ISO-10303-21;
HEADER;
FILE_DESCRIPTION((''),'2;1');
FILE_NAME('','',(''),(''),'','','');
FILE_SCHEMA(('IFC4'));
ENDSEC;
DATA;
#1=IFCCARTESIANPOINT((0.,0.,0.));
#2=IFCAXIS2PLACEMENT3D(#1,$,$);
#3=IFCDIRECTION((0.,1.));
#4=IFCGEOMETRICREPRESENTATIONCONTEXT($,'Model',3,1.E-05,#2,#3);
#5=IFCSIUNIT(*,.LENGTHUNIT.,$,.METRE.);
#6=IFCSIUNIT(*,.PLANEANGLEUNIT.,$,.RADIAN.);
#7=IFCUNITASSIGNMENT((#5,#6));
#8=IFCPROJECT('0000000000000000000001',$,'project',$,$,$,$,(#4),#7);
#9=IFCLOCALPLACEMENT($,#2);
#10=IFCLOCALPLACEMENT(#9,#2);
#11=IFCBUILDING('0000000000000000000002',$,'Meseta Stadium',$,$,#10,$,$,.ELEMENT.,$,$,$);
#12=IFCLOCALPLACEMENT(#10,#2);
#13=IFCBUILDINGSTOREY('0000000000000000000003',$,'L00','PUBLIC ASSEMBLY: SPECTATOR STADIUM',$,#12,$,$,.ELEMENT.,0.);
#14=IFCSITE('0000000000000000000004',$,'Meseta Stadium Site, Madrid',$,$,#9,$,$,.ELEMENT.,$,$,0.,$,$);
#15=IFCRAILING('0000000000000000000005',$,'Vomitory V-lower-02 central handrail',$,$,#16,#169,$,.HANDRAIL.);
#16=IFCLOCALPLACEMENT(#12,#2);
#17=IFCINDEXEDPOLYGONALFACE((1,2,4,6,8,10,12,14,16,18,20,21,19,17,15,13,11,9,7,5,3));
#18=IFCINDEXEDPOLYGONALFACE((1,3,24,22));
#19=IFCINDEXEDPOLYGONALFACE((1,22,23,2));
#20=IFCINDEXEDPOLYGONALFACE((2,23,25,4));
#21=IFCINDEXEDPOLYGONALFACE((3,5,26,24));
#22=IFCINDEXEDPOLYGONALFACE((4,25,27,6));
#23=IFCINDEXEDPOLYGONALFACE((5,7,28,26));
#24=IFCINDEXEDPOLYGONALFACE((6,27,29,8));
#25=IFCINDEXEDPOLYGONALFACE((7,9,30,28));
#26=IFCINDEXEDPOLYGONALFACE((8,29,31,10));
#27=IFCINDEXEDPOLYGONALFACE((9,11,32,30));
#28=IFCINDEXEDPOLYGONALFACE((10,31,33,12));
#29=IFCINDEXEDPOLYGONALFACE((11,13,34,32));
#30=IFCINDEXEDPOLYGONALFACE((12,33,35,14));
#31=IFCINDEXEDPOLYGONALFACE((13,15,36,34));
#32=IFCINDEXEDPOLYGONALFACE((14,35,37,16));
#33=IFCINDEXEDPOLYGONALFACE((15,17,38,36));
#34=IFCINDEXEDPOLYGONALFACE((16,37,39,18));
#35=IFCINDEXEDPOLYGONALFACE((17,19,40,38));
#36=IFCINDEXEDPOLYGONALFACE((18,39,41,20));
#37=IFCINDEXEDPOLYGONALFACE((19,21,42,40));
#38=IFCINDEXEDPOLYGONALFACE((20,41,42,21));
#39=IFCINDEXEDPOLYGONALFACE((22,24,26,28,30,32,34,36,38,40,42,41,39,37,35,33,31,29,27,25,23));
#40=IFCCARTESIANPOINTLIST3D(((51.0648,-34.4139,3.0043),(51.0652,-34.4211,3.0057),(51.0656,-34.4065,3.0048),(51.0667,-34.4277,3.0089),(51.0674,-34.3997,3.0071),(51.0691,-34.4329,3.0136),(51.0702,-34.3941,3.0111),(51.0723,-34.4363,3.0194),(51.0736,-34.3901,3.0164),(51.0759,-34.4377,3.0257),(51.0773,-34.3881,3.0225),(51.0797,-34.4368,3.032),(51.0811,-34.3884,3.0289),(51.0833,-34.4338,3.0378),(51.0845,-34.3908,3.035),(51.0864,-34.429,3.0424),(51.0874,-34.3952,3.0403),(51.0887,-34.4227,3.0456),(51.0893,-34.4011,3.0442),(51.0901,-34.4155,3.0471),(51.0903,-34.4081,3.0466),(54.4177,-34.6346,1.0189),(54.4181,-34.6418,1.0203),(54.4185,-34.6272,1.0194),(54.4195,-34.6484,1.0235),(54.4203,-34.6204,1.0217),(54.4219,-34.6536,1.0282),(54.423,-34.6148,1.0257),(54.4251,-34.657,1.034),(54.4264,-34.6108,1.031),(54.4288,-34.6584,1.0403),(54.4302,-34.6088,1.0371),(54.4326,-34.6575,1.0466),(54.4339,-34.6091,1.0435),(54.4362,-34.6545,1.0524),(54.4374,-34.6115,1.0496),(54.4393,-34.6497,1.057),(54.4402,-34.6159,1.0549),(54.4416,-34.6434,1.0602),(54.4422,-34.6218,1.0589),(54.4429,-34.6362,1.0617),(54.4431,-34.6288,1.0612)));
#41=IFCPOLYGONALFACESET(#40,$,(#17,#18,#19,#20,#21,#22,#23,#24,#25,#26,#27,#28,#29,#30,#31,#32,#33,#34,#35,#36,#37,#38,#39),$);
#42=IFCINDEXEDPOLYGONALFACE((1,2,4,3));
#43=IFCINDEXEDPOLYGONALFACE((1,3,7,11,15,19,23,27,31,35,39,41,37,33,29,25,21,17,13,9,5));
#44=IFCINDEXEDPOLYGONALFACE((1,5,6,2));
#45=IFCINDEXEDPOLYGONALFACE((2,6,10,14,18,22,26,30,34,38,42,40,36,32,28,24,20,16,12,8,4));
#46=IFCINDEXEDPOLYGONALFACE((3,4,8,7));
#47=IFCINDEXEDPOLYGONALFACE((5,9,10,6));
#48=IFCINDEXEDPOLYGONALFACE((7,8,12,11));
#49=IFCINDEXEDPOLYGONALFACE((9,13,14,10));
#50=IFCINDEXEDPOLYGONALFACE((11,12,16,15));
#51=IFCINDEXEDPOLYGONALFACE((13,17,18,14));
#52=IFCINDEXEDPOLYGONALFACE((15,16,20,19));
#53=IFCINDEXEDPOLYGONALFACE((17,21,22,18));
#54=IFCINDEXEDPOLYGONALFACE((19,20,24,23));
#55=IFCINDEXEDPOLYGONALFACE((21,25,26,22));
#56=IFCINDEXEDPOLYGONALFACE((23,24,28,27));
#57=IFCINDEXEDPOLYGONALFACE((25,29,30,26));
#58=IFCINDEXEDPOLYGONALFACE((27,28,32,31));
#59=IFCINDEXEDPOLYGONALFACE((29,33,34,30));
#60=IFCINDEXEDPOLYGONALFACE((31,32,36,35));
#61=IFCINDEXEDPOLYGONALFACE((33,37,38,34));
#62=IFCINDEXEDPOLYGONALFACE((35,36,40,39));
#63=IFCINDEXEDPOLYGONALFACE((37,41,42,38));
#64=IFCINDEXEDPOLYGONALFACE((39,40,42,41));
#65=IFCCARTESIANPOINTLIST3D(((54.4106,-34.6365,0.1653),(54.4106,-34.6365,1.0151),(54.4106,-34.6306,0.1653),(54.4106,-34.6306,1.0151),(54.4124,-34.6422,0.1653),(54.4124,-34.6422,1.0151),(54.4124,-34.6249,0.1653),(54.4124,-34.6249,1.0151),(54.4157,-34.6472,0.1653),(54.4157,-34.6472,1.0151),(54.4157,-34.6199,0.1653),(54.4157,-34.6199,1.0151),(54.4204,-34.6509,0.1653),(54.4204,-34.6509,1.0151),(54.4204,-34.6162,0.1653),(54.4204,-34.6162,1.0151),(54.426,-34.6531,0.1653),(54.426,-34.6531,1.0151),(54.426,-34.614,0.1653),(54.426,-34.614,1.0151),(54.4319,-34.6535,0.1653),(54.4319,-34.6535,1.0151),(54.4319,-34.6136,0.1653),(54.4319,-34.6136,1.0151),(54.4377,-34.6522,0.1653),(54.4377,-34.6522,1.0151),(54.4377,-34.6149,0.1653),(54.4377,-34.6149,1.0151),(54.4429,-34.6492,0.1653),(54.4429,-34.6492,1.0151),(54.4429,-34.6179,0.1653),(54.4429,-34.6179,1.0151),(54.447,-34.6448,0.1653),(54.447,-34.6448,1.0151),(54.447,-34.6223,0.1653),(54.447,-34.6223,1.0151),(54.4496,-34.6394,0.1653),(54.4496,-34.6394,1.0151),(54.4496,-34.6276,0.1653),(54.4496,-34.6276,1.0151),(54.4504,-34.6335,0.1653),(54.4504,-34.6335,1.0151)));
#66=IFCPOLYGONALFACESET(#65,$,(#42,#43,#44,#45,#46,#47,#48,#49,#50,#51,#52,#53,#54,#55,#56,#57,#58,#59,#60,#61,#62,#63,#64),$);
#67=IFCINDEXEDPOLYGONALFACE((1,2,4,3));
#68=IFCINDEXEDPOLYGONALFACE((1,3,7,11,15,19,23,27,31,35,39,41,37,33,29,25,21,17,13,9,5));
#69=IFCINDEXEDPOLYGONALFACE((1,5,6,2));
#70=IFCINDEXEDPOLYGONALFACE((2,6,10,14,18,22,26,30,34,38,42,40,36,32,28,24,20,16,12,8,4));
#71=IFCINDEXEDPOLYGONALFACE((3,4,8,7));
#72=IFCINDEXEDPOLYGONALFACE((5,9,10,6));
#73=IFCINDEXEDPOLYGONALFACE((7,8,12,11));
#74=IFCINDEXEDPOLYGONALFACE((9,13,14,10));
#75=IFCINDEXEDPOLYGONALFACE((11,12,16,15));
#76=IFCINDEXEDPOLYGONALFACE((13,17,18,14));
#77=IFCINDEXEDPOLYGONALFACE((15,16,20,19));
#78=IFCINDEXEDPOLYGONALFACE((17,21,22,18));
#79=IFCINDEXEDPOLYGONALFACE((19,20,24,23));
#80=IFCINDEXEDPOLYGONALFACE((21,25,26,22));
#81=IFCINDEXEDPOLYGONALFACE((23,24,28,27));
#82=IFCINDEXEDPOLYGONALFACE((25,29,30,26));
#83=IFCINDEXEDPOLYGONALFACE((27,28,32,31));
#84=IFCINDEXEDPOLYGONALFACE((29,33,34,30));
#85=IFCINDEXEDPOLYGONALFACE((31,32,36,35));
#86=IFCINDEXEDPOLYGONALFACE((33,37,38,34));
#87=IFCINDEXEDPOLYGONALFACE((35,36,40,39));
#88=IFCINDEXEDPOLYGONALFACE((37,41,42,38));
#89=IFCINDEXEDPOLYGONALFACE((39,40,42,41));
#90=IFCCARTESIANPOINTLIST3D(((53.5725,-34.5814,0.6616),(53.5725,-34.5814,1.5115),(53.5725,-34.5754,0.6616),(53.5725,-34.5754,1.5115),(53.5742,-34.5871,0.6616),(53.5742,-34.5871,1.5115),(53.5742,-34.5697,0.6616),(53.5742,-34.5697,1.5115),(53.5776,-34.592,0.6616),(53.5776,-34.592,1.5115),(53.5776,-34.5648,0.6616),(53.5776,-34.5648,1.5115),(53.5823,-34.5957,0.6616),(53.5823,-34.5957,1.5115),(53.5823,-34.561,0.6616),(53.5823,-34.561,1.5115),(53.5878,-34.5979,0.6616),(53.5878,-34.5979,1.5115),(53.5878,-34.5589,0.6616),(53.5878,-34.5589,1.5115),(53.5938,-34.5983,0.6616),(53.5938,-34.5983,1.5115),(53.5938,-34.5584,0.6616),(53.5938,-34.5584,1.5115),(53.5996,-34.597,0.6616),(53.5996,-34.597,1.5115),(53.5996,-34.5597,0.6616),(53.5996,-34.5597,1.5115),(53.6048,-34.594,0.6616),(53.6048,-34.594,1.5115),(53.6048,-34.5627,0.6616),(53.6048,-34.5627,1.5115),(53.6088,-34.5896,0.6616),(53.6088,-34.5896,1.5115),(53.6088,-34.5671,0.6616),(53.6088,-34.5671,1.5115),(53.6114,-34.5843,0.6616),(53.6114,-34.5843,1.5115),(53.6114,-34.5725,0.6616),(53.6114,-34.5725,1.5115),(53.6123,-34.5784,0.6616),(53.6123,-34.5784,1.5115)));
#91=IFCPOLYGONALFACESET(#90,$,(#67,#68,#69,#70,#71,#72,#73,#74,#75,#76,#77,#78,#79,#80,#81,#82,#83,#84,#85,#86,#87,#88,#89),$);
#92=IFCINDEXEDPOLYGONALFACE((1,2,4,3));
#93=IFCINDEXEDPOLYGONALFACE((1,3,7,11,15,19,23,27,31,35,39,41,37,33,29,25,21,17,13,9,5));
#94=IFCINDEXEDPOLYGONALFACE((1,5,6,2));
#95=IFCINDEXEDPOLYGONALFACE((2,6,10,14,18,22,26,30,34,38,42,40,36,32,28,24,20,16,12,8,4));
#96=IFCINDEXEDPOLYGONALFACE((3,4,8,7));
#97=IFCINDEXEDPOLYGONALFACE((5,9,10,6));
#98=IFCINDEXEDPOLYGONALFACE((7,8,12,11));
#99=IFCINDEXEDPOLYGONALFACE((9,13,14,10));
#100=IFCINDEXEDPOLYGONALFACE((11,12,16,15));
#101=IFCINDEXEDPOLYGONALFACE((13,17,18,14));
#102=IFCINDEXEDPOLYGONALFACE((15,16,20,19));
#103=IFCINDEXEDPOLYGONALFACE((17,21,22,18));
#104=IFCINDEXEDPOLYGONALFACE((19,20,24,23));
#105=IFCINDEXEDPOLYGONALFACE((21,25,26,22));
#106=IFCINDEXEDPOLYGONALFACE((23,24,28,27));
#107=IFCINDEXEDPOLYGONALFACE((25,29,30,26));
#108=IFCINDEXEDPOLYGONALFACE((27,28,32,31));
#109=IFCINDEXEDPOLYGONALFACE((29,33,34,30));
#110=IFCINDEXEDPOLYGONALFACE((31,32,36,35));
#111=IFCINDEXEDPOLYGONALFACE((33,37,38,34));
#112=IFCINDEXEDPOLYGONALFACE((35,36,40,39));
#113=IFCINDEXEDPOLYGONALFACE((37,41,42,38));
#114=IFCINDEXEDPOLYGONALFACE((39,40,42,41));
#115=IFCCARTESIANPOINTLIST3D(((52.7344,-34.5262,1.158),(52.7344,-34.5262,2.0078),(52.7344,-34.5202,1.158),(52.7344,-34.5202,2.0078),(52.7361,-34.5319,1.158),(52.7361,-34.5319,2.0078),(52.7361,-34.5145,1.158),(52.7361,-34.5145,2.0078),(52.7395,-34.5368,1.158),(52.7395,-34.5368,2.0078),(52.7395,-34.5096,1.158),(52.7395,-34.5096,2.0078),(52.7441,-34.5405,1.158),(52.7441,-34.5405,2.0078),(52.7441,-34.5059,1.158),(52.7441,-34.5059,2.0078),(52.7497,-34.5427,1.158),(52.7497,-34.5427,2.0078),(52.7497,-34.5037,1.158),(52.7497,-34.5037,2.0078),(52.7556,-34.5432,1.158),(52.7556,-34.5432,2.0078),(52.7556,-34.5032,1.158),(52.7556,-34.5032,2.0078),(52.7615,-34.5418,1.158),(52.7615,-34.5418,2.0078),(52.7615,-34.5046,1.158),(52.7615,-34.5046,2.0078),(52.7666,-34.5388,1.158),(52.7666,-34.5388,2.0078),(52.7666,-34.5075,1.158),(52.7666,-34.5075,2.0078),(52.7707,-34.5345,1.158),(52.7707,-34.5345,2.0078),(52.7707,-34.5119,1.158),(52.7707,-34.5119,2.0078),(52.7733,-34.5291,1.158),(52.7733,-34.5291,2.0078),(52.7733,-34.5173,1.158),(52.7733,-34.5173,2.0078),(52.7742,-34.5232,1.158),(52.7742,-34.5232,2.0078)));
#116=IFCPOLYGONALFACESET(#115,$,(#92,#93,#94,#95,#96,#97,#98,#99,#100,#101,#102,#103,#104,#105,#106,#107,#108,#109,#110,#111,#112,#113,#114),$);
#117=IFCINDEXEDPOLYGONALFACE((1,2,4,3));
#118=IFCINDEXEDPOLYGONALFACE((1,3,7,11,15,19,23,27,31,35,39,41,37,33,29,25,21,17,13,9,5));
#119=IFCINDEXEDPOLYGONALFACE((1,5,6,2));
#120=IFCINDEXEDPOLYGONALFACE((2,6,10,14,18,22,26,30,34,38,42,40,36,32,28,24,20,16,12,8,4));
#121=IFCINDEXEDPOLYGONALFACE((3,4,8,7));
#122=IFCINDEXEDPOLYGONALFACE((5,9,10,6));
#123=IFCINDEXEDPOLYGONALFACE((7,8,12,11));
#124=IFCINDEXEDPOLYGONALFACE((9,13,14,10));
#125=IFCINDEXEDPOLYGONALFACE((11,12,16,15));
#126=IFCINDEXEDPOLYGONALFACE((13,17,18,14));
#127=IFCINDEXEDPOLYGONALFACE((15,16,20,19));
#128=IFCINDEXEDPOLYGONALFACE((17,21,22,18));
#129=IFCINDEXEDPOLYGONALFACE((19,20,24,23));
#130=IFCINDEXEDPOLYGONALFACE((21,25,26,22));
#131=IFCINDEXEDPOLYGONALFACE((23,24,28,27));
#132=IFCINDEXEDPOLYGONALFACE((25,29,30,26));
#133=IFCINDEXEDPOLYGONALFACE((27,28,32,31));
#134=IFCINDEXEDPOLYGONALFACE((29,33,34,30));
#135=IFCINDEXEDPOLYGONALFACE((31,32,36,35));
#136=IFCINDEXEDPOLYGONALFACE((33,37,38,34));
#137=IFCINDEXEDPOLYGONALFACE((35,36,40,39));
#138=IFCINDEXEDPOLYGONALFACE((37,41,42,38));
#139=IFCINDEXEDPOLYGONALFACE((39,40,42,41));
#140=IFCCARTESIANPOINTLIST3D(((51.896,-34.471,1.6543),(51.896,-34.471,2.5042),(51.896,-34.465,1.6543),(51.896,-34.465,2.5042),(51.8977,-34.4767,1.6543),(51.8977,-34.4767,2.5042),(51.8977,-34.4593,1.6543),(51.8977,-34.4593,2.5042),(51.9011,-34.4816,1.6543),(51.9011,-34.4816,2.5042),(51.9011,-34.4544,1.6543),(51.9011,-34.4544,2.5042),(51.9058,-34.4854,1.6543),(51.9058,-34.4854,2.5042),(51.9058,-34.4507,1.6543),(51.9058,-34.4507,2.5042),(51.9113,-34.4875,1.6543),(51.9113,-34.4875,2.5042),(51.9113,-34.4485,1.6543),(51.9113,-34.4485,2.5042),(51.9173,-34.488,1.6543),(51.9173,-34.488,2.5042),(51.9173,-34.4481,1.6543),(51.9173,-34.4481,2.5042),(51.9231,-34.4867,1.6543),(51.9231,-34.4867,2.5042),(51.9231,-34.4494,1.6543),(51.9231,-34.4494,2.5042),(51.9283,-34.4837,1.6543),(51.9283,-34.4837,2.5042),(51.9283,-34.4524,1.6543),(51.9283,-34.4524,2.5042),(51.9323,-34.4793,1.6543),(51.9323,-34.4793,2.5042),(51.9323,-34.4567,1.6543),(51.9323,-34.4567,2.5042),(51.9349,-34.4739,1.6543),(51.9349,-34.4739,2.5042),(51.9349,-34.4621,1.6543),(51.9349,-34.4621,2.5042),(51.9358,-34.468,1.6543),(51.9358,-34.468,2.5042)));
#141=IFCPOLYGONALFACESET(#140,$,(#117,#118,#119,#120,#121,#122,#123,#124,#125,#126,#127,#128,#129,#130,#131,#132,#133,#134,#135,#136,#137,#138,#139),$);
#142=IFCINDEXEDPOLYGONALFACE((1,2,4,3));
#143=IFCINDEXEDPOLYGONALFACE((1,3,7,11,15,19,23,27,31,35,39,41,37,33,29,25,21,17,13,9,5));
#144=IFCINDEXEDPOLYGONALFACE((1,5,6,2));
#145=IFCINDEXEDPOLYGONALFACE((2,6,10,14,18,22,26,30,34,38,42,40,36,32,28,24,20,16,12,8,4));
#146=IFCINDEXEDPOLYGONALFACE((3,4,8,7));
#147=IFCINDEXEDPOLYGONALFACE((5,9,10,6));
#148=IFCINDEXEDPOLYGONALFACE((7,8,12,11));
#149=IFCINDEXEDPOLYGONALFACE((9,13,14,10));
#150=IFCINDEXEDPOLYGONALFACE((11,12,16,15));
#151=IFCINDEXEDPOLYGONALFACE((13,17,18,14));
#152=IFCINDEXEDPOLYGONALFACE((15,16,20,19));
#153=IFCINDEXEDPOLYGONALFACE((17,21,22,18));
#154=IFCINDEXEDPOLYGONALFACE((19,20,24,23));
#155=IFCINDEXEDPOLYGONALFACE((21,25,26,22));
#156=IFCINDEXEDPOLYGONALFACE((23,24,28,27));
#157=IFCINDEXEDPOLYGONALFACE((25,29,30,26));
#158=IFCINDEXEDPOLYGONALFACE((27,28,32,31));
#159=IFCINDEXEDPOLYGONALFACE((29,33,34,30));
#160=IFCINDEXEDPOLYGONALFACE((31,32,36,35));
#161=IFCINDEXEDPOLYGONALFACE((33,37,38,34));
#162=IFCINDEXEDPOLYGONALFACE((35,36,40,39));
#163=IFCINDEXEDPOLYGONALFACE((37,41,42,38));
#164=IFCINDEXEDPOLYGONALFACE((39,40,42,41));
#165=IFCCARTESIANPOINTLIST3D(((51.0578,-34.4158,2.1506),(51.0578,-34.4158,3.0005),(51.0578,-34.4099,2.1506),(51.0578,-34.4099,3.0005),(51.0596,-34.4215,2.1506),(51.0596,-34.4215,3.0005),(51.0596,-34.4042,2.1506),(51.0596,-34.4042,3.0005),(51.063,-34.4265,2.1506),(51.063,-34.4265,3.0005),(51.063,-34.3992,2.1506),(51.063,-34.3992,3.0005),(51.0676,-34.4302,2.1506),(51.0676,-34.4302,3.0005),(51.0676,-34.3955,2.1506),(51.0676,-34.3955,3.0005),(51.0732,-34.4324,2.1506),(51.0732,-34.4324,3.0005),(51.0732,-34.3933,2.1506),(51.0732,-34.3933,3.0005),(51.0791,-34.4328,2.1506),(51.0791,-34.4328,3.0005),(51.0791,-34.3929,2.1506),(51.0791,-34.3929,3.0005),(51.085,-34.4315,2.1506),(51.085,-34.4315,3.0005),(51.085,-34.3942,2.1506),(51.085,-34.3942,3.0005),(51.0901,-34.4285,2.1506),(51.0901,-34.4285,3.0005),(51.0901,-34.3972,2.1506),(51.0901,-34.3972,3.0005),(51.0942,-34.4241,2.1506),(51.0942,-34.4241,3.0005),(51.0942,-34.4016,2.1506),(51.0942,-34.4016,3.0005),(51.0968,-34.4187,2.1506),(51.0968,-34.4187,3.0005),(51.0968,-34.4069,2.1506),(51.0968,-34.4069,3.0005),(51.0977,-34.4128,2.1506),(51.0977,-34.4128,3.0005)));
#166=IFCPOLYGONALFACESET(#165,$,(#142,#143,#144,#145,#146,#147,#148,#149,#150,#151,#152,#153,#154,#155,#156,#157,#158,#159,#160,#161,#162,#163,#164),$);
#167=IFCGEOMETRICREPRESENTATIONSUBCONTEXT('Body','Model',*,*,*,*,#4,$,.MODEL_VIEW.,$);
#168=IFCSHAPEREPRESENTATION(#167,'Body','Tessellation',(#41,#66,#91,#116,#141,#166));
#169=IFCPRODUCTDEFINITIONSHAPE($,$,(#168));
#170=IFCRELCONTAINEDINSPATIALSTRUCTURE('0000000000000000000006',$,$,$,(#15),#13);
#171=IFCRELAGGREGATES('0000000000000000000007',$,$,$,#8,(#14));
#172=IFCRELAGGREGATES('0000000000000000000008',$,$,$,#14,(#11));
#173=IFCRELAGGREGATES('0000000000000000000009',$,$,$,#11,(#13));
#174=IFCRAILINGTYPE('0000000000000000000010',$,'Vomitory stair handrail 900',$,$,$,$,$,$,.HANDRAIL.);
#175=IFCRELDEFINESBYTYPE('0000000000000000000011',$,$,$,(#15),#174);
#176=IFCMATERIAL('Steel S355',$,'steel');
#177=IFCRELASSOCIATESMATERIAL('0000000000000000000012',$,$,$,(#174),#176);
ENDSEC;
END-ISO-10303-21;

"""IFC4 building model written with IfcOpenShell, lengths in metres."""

from ifc_helpers import new_model, si_unit, direction, frame, origin, origin_2d, place, context, subcontext, project, spatial, circle, extrude, material, type_object, element, save


model = new_model("IFC4")

# Units and contexts
model_context = context("Model", 3, precision=1e-05, world=origin(), true_north=direction((0.0, 1.0)))
body_context = subcontext(model_context, "Body", "Model", "MODEL_VIEW")
ifc_project = project(units=[si_unit("LENGTHUNIT", "METRE"), si_unit("PLANEANGLEUNIT", "RADIAN")], contexts=[model_context])

# Site, building, storey
site_placement = place(None, origin())
site = spatial("IfcSite", under=ifc_project, at=site_placement, Name="Meseta Stadium Site, Madrid", CompositionType="ELEMENT", RefElevation=0.0)
building_placement = place(site_placement, origin())
building = spatial("IfcBuilding", under=site, at=building_placement, Name="Meseta Stadium", CompositionType="ELEMENT")
storey_placement = place(building_placement, origin())
storey = spatial("IfcBuildingStorey", under=building, at=storey_placement, Name="L00", Description="PUBLIC ASSEMBLY: SPECTATOR STADIUM", CompositionType="ELEMENT", Elevation=0.0)

# Railing
ifc_material_1 = material(Name="Steel S355", Category="steel")
railing_type_1 = type_object("IfcRailingType", Name="Vomitory stair handrail 900", PredefinedType="HANDRAIL", material=ifc_material_1)
railing_1_placement = place(storey_placement, frame((54.4304, -34.6335, 0.1653)))
element("IfcRailing", 1, at=railing_1_placement, inside=storey, type_object=railing_type_1, Name="Vomitory V-lower-02 central handrail", PredefinedType="HANDRAIL", context=body_context, shape_type="SweptSolid", body=[
    extrude(circle(Radius=0.0249, at=origin_2d()), frame((0.0, 0.0, 0.875), z_axis=(-0.859081, 0.056551, 0.508705), x_axis=(-0.065685, -0.99784, 0.0)), (0.0, 0.0, 1.0), 3.9028),
    extrude(circle(Radius=0.02, at=origin_2d()), origin(), (0.0, 0.0, 1.0), 0.8499),
    extrude(circle(Radius=0.02, at=origin_2d()), frame((-0.8381, 0.0552, 0.4963)), (0.0, 0.0, 1.0), 0.8499),
    extrude(circle(Radius=0.02, at=origin_2d()), frame((-1.6763, 0.1104, 0.9927)), (0.0, 0.0, 1.0), 0.8499),
    extrude(circle(Radius=0.02, at=origin_2d()), frame((-2.5146, 0.1655, 1.489)), (0.0, 0.0, 1.0), 0.8499),
    extrude(circle(Radius=0.02, at=origin_2d()), frame((-3.3528, 0.2207, 1.9854)), (0.0, 0.0, 1.0), 0.8499),
])

save(model, "model.ifc")
